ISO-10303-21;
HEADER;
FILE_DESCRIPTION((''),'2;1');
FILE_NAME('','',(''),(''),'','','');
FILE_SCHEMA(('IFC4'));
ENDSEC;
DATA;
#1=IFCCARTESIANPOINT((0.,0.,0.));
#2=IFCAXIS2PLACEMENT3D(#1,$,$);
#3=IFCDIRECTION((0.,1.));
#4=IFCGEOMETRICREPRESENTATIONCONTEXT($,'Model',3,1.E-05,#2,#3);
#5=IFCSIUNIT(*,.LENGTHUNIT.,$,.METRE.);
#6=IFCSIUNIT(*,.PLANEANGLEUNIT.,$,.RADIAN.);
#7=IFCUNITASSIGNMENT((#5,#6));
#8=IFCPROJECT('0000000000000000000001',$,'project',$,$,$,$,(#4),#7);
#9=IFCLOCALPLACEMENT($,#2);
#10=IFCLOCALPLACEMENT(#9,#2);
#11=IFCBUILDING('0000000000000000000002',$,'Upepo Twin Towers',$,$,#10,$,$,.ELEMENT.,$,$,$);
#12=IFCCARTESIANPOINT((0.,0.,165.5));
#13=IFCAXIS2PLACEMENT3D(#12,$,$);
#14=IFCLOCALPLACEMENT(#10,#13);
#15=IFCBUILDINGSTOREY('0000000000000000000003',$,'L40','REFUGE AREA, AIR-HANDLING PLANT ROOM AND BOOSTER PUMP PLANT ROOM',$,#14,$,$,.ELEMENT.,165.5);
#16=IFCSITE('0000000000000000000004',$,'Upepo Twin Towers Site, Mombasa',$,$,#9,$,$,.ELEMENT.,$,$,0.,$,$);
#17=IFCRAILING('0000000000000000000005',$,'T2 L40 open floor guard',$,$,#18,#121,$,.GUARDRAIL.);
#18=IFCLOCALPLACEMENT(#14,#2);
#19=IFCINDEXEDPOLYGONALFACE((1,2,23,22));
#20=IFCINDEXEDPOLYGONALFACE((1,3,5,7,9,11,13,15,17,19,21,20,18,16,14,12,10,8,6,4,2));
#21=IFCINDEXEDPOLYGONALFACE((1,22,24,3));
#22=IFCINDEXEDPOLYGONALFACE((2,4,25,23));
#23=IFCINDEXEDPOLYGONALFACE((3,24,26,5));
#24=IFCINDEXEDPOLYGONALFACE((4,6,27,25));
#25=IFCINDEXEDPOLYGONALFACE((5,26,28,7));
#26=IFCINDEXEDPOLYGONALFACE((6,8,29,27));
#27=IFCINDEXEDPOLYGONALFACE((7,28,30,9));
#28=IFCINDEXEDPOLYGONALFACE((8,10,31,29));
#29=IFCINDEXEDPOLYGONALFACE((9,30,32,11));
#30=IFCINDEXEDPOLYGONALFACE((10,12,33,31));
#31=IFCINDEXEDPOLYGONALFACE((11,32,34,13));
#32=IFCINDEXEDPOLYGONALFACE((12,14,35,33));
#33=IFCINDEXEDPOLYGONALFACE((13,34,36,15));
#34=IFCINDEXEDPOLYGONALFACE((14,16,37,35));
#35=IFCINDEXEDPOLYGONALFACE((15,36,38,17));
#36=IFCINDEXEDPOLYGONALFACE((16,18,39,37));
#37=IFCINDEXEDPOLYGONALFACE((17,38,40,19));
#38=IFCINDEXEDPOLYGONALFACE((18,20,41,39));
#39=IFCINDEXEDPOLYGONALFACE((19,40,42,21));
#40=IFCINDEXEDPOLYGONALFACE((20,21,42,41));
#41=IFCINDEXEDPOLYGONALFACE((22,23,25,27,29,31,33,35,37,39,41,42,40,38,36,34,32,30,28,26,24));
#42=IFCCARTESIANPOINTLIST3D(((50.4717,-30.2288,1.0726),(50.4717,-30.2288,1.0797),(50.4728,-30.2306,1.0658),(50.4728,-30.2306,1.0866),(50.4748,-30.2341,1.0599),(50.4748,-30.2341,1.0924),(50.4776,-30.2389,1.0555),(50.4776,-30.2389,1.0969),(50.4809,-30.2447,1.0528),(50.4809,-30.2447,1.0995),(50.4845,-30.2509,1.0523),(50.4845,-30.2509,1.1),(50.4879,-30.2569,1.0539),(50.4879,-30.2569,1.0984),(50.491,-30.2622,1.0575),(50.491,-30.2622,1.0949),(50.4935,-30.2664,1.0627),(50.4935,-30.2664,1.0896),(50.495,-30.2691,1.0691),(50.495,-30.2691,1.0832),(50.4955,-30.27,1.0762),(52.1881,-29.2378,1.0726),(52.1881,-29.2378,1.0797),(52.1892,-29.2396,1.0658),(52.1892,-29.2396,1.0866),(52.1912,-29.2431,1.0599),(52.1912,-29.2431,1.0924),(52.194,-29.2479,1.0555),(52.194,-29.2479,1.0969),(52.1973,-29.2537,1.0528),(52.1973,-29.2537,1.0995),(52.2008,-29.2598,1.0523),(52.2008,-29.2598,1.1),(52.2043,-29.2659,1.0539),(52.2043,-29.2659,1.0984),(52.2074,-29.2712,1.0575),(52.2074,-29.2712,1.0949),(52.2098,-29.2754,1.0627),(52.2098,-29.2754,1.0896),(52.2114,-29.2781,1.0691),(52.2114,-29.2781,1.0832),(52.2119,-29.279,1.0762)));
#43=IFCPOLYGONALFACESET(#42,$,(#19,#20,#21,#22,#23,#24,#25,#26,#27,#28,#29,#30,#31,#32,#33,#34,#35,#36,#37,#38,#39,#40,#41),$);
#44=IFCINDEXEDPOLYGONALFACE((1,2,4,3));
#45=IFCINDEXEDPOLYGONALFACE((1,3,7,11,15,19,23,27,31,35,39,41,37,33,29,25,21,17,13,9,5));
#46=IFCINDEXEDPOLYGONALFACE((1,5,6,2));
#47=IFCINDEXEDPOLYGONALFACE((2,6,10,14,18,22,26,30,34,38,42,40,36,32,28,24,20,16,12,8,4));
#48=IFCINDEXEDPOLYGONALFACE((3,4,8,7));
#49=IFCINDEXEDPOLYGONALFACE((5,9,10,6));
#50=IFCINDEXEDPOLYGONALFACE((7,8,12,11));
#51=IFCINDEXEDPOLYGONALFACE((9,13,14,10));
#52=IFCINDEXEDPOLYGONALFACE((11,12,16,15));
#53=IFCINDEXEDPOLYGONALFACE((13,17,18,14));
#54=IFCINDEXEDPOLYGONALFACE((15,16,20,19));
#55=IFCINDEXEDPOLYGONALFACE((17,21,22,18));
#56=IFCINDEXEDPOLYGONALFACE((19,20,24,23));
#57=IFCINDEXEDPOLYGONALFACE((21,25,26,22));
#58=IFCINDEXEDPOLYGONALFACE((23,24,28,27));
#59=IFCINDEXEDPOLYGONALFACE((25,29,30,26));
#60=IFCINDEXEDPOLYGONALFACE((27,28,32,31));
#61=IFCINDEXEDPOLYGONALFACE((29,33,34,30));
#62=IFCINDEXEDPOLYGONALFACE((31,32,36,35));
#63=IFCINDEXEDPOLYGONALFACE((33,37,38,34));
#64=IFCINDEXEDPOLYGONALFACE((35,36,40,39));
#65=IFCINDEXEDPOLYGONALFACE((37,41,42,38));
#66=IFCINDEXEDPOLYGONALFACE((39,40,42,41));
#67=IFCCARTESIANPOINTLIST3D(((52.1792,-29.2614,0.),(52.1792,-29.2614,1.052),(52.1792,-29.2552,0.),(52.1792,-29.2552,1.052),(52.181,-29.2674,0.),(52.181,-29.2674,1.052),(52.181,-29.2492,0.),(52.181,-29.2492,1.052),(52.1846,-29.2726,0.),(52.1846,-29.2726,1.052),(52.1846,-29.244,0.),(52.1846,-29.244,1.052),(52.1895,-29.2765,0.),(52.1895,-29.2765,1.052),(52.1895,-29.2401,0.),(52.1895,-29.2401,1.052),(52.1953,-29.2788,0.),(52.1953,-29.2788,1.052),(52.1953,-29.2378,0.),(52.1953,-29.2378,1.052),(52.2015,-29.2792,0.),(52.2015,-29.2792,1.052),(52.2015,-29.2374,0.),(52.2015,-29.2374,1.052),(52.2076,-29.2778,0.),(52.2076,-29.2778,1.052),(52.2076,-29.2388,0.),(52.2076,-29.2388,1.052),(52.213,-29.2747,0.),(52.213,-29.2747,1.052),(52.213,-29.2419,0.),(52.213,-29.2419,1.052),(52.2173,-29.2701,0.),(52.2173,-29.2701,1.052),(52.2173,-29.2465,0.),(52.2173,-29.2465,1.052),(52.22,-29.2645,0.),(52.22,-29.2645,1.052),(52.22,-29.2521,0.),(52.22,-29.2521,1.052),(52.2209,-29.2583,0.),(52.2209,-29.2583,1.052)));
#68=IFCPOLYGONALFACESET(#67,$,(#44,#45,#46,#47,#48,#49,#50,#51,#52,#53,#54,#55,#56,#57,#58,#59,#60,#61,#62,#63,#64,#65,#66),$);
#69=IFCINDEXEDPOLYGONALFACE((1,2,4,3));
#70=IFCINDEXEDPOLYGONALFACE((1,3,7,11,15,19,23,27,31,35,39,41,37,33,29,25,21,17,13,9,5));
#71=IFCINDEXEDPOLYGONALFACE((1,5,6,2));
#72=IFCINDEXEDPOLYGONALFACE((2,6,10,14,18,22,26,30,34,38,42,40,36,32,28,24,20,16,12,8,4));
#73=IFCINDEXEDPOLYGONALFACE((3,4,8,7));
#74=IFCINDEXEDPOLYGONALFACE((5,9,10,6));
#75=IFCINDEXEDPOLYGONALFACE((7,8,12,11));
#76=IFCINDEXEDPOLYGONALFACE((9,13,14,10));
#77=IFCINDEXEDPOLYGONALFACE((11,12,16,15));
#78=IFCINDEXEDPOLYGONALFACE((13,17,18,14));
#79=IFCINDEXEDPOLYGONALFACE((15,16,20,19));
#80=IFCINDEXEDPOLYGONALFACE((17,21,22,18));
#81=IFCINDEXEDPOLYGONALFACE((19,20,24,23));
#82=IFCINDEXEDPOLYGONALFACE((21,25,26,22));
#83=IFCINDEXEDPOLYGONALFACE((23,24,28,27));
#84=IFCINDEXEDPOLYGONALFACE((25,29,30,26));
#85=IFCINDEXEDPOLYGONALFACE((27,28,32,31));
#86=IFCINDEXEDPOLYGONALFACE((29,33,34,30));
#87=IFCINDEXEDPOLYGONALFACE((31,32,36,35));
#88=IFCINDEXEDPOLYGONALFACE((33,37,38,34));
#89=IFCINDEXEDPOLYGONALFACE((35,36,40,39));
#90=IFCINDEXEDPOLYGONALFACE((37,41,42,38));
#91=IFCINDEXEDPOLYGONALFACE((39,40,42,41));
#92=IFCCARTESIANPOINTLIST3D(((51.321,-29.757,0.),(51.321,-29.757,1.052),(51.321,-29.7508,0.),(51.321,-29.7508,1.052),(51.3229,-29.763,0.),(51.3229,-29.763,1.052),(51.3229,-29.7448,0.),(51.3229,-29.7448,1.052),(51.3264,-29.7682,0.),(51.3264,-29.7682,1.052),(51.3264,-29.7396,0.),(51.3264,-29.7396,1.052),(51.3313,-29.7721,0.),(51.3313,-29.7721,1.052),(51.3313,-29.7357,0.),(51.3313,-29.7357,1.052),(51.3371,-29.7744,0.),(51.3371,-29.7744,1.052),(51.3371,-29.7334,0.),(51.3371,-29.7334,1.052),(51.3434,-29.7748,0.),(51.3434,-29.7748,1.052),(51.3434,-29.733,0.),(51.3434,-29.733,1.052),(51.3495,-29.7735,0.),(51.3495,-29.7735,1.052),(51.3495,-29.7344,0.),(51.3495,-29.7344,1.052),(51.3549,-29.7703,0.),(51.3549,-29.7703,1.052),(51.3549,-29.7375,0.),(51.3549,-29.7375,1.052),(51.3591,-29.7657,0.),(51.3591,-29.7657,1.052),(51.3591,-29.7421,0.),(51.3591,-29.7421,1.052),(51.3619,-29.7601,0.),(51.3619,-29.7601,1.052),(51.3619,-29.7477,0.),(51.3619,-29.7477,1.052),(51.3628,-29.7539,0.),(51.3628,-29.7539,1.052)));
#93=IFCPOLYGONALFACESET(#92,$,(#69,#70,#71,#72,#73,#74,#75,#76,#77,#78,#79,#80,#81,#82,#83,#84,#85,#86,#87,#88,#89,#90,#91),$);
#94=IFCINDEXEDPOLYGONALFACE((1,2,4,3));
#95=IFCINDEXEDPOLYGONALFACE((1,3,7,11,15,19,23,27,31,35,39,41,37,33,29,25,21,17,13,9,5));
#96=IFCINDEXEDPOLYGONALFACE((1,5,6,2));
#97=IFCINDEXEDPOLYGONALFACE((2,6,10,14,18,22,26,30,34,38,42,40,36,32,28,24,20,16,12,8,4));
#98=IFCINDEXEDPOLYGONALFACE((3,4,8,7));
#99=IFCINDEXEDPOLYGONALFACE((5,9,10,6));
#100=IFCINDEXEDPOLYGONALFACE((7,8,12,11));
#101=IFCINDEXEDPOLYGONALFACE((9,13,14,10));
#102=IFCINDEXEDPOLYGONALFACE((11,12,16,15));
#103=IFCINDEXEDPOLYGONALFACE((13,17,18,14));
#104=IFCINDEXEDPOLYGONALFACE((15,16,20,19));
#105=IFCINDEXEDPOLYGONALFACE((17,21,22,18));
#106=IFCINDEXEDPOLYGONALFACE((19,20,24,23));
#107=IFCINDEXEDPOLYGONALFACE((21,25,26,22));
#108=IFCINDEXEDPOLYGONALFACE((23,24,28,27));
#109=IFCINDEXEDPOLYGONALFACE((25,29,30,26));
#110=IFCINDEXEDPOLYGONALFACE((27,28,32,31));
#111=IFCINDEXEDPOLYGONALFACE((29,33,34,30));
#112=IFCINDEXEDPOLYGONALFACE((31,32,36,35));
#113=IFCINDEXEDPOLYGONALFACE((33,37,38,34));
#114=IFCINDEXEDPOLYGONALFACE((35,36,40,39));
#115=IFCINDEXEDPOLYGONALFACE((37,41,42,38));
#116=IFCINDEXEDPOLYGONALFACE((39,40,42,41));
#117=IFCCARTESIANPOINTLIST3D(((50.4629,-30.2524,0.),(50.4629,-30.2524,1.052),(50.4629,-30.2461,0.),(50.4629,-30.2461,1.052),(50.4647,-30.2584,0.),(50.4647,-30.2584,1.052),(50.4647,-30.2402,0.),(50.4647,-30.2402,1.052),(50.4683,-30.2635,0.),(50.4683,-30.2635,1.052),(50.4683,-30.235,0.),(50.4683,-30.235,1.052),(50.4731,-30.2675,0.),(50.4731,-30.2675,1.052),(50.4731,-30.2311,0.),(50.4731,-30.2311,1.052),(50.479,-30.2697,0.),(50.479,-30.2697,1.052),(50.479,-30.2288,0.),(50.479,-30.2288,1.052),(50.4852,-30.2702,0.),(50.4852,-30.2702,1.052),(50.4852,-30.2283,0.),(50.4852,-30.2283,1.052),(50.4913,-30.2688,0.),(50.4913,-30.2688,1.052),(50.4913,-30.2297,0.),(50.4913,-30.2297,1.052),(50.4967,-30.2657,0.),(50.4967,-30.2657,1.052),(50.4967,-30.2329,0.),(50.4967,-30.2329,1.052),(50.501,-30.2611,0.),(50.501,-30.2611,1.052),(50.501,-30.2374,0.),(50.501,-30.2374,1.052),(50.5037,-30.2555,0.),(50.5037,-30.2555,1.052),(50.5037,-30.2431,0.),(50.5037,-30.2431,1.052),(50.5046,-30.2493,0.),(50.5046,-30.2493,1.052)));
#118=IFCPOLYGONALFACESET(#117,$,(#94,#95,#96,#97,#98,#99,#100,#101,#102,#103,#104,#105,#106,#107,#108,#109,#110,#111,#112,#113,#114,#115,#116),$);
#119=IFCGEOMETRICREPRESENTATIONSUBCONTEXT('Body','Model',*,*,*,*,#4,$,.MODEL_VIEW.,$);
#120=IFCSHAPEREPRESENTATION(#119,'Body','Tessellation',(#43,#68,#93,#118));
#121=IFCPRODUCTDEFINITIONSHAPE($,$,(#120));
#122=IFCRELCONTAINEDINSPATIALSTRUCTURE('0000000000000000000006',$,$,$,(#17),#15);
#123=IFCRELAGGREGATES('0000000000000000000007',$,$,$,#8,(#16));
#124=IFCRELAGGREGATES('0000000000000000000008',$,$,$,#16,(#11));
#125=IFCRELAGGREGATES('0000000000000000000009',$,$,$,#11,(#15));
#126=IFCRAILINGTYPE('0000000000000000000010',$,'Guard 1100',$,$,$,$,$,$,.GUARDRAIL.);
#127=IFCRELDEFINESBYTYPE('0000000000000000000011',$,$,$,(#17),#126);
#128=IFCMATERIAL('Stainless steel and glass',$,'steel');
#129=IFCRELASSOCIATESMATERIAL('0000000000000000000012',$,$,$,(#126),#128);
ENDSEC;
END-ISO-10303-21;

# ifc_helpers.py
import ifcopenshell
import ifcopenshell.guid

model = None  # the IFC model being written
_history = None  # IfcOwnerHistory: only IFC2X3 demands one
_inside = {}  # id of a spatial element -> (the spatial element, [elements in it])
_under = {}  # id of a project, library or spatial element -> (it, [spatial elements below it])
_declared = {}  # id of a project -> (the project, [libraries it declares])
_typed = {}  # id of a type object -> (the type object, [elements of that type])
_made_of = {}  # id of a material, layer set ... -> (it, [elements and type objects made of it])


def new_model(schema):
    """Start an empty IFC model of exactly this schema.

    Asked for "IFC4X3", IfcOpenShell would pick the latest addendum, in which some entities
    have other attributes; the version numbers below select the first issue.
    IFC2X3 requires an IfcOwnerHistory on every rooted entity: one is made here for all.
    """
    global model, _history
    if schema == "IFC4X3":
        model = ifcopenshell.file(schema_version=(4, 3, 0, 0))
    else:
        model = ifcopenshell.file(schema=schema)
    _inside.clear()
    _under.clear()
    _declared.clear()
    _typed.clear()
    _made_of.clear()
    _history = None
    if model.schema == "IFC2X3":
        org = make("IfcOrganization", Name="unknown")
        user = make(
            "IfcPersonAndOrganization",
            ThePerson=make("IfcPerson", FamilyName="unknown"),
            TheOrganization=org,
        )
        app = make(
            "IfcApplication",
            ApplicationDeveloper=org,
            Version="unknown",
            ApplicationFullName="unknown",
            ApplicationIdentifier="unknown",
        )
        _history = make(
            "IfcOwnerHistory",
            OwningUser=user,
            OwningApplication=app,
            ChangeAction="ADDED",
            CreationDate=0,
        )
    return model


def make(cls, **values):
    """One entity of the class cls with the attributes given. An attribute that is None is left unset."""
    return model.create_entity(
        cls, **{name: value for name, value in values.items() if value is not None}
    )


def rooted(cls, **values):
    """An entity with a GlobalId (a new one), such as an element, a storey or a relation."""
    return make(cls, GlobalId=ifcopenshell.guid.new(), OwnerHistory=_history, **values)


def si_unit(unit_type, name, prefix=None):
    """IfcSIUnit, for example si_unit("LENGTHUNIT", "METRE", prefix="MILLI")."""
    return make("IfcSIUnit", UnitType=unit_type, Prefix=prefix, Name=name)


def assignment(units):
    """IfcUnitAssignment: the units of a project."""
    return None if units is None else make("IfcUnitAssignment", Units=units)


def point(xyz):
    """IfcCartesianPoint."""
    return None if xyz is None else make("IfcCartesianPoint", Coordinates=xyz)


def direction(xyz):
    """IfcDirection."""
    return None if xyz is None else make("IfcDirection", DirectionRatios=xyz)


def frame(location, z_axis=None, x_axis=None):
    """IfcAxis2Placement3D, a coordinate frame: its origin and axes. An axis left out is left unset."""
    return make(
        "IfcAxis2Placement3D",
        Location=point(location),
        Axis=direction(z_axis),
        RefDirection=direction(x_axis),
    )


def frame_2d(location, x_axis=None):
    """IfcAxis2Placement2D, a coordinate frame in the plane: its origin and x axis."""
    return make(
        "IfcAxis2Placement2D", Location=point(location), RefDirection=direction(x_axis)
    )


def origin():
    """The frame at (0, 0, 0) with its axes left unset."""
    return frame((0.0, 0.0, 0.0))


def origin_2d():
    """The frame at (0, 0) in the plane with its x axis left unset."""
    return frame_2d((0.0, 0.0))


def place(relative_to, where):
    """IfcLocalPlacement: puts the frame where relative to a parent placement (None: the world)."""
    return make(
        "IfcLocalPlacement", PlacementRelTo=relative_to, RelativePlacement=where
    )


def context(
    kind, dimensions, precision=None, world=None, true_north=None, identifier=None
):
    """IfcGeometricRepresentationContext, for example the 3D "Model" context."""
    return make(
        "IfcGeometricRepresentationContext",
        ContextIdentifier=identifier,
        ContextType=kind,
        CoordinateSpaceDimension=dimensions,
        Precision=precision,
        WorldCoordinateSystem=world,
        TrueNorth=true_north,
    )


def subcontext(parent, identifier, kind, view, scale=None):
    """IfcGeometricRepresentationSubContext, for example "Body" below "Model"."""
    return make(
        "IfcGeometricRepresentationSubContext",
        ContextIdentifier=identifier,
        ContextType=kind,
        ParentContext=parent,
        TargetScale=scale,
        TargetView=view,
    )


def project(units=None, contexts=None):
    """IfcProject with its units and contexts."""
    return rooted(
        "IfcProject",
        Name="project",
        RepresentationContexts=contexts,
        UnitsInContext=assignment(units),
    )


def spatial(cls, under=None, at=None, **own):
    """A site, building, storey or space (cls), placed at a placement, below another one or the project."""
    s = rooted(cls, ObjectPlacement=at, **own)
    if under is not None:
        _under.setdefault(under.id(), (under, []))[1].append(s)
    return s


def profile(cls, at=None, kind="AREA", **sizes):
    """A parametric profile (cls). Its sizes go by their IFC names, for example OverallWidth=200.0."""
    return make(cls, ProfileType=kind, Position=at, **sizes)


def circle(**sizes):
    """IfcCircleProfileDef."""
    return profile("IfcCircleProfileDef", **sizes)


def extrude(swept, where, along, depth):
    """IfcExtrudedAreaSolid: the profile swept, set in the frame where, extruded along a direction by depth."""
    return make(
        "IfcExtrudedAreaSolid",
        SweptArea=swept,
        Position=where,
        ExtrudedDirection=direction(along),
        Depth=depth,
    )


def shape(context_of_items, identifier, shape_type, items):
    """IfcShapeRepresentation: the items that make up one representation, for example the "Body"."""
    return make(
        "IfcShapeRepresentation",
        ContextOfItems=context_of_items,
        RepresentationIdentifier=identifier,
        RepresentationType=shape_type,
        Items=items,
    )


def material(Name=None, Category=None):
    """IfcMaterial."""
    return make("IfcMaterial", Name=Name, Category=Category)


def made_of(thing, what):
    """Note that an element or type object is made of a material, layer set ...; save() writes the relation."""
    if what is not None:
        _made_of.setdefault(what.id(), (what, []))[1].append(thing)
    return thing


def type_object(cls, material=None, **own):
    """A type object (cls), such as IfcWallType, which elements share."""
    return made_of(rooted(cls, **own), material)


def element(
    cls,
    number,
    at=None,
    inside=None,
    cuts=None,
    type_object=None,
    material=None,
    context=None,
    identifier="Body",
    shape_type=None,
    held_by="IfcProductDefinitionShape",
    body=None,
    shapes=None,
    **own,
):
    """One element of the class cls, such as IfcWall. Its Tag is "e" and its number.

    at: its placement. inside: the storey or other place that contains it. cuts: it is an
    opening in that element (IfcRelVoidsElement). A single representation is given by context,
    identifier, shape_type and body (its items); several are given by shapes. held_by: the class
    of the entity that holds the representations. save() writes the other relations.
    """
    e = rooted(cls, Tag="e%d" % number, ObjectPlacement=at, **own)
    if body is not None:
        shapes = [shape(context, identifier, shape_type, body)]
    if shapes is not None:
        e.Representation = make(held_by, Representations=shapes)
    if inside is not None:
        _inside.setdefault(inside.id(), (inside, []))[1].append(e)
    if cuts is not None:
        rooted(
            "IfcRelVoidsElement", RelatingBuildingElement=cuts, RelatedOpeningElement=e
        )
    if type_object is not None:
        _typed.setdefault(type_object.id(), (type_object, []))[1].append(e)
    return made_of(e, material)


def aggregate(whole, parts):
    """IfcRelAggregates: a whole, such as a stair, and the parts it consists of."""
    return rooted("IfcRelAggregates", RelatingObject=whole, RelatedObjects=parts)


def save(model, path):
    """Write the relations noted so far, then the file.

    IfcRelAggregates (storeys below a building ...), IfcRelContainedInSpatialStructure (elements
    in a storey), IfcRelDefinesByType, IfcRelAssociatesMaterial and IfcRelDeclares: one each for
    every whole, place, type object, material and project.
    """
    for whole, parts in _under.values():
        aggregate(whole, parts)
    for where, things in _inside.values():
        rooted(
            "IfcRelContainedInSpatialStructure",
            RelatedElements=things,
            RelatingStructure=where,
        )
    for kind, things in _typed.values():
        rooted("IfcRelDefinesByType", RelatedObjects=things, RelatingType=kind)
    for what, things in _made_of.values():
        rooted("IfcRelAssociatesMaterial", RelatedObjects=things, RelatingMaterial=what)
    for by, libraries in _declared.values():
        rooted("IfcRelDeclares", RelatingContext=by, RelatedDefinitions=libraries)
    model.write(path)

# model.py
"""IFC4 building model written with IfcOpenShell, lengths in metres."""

from ifc_helpers import new_model, si_unit, direction, frame, origin, origin_2d, place, context, subcontext, project, spatial, circle, extrude, material, type_object, element, save


model = new_model("IFC4")

# Units and contexts
model_context = context("Model", 3, precision=1e-05, world=origin(), true_north=direction((0.0, 1.0)))
body_context = subcontext(model_context, "Body", "Model", "MODEL_VIEW")
ifc_project = project(units=[si_unit("LENGTHUNIT", "METRE"), si_unit("PLANEANGLEUNIT", "RADIAN")], contexts=[model_context])

# Site, building, storey
site_placement = place(None, origin())
site = spatial("IfcSite", under=ifc_project, at=site_placement, Name="Upepo Twin Towers Site, Mombasa", CompositionType="ELEMENT", RefElevation=0.0)
building_placement = place(site_placement, origin())
building = spatial("IfcBuilding", under=site, at=building_placement, Name="Upepo Twin Towers", CompositionType="ELEMENT")
storey_placement = place(building_placement, frame((0.0, 0.0, 165.5)))
storey = spatial("IfcBuildingStorey", under=building, at=storey_placement, Name="L40", Description="REFUGE AREA, AIR-HANDLING PLANT ROOM AND BOOSTER PUMP PLANT ROOM", CompositionType="ELEMENT", Elevation=165.5)

# Railing
ifc_material_1 = material(Name="Stainless steel and glass", Category="steel")
railing_type_1 = type_object("IfcRailingType", Name="Guard 1100", PredefinedType="GUARDRAIL", material=ifc_material_1)
railing_1_placement = place(storey_placement, frame((52.2, -29.2583, 0.0)))
element("IfcRailing", 1, at=railing_1_placement, inside=storey, type_object=railing_type_1, Name="T2 L40 open floor guard", PredefinedType="GUARDRAIL", context=body_context, shape_type="SweptSolid", body=[
    extrude(circle(Radius=0.0239, at=origin_2d()), frame((0.0, 0.0, 1.0762), z_axis=(-0.866013, -0.500021, 0.0), x_axis=(0.500021, -0.866013, 0.0)), (0.0, 0.0, 1.0), 1.9819),
    extrude(circle(Radius=0.021, at=origin_2d()), origin(), (0.0, 0.0, 1.0), 1.052),
    extrude(circle(Radius=0.021, at=origin_2d()), frame((-0.8582, -0.4956, 0.0)), (0.0, 0.0, 1.0), 1.052),
    extrude(circle(Radius=0.021, at=origin_2d()), frame((-1.7163, -0.991, 0.0)), (0.0, 0.0, 1.0), 1.052),
])

save(model, "model.ifc")
